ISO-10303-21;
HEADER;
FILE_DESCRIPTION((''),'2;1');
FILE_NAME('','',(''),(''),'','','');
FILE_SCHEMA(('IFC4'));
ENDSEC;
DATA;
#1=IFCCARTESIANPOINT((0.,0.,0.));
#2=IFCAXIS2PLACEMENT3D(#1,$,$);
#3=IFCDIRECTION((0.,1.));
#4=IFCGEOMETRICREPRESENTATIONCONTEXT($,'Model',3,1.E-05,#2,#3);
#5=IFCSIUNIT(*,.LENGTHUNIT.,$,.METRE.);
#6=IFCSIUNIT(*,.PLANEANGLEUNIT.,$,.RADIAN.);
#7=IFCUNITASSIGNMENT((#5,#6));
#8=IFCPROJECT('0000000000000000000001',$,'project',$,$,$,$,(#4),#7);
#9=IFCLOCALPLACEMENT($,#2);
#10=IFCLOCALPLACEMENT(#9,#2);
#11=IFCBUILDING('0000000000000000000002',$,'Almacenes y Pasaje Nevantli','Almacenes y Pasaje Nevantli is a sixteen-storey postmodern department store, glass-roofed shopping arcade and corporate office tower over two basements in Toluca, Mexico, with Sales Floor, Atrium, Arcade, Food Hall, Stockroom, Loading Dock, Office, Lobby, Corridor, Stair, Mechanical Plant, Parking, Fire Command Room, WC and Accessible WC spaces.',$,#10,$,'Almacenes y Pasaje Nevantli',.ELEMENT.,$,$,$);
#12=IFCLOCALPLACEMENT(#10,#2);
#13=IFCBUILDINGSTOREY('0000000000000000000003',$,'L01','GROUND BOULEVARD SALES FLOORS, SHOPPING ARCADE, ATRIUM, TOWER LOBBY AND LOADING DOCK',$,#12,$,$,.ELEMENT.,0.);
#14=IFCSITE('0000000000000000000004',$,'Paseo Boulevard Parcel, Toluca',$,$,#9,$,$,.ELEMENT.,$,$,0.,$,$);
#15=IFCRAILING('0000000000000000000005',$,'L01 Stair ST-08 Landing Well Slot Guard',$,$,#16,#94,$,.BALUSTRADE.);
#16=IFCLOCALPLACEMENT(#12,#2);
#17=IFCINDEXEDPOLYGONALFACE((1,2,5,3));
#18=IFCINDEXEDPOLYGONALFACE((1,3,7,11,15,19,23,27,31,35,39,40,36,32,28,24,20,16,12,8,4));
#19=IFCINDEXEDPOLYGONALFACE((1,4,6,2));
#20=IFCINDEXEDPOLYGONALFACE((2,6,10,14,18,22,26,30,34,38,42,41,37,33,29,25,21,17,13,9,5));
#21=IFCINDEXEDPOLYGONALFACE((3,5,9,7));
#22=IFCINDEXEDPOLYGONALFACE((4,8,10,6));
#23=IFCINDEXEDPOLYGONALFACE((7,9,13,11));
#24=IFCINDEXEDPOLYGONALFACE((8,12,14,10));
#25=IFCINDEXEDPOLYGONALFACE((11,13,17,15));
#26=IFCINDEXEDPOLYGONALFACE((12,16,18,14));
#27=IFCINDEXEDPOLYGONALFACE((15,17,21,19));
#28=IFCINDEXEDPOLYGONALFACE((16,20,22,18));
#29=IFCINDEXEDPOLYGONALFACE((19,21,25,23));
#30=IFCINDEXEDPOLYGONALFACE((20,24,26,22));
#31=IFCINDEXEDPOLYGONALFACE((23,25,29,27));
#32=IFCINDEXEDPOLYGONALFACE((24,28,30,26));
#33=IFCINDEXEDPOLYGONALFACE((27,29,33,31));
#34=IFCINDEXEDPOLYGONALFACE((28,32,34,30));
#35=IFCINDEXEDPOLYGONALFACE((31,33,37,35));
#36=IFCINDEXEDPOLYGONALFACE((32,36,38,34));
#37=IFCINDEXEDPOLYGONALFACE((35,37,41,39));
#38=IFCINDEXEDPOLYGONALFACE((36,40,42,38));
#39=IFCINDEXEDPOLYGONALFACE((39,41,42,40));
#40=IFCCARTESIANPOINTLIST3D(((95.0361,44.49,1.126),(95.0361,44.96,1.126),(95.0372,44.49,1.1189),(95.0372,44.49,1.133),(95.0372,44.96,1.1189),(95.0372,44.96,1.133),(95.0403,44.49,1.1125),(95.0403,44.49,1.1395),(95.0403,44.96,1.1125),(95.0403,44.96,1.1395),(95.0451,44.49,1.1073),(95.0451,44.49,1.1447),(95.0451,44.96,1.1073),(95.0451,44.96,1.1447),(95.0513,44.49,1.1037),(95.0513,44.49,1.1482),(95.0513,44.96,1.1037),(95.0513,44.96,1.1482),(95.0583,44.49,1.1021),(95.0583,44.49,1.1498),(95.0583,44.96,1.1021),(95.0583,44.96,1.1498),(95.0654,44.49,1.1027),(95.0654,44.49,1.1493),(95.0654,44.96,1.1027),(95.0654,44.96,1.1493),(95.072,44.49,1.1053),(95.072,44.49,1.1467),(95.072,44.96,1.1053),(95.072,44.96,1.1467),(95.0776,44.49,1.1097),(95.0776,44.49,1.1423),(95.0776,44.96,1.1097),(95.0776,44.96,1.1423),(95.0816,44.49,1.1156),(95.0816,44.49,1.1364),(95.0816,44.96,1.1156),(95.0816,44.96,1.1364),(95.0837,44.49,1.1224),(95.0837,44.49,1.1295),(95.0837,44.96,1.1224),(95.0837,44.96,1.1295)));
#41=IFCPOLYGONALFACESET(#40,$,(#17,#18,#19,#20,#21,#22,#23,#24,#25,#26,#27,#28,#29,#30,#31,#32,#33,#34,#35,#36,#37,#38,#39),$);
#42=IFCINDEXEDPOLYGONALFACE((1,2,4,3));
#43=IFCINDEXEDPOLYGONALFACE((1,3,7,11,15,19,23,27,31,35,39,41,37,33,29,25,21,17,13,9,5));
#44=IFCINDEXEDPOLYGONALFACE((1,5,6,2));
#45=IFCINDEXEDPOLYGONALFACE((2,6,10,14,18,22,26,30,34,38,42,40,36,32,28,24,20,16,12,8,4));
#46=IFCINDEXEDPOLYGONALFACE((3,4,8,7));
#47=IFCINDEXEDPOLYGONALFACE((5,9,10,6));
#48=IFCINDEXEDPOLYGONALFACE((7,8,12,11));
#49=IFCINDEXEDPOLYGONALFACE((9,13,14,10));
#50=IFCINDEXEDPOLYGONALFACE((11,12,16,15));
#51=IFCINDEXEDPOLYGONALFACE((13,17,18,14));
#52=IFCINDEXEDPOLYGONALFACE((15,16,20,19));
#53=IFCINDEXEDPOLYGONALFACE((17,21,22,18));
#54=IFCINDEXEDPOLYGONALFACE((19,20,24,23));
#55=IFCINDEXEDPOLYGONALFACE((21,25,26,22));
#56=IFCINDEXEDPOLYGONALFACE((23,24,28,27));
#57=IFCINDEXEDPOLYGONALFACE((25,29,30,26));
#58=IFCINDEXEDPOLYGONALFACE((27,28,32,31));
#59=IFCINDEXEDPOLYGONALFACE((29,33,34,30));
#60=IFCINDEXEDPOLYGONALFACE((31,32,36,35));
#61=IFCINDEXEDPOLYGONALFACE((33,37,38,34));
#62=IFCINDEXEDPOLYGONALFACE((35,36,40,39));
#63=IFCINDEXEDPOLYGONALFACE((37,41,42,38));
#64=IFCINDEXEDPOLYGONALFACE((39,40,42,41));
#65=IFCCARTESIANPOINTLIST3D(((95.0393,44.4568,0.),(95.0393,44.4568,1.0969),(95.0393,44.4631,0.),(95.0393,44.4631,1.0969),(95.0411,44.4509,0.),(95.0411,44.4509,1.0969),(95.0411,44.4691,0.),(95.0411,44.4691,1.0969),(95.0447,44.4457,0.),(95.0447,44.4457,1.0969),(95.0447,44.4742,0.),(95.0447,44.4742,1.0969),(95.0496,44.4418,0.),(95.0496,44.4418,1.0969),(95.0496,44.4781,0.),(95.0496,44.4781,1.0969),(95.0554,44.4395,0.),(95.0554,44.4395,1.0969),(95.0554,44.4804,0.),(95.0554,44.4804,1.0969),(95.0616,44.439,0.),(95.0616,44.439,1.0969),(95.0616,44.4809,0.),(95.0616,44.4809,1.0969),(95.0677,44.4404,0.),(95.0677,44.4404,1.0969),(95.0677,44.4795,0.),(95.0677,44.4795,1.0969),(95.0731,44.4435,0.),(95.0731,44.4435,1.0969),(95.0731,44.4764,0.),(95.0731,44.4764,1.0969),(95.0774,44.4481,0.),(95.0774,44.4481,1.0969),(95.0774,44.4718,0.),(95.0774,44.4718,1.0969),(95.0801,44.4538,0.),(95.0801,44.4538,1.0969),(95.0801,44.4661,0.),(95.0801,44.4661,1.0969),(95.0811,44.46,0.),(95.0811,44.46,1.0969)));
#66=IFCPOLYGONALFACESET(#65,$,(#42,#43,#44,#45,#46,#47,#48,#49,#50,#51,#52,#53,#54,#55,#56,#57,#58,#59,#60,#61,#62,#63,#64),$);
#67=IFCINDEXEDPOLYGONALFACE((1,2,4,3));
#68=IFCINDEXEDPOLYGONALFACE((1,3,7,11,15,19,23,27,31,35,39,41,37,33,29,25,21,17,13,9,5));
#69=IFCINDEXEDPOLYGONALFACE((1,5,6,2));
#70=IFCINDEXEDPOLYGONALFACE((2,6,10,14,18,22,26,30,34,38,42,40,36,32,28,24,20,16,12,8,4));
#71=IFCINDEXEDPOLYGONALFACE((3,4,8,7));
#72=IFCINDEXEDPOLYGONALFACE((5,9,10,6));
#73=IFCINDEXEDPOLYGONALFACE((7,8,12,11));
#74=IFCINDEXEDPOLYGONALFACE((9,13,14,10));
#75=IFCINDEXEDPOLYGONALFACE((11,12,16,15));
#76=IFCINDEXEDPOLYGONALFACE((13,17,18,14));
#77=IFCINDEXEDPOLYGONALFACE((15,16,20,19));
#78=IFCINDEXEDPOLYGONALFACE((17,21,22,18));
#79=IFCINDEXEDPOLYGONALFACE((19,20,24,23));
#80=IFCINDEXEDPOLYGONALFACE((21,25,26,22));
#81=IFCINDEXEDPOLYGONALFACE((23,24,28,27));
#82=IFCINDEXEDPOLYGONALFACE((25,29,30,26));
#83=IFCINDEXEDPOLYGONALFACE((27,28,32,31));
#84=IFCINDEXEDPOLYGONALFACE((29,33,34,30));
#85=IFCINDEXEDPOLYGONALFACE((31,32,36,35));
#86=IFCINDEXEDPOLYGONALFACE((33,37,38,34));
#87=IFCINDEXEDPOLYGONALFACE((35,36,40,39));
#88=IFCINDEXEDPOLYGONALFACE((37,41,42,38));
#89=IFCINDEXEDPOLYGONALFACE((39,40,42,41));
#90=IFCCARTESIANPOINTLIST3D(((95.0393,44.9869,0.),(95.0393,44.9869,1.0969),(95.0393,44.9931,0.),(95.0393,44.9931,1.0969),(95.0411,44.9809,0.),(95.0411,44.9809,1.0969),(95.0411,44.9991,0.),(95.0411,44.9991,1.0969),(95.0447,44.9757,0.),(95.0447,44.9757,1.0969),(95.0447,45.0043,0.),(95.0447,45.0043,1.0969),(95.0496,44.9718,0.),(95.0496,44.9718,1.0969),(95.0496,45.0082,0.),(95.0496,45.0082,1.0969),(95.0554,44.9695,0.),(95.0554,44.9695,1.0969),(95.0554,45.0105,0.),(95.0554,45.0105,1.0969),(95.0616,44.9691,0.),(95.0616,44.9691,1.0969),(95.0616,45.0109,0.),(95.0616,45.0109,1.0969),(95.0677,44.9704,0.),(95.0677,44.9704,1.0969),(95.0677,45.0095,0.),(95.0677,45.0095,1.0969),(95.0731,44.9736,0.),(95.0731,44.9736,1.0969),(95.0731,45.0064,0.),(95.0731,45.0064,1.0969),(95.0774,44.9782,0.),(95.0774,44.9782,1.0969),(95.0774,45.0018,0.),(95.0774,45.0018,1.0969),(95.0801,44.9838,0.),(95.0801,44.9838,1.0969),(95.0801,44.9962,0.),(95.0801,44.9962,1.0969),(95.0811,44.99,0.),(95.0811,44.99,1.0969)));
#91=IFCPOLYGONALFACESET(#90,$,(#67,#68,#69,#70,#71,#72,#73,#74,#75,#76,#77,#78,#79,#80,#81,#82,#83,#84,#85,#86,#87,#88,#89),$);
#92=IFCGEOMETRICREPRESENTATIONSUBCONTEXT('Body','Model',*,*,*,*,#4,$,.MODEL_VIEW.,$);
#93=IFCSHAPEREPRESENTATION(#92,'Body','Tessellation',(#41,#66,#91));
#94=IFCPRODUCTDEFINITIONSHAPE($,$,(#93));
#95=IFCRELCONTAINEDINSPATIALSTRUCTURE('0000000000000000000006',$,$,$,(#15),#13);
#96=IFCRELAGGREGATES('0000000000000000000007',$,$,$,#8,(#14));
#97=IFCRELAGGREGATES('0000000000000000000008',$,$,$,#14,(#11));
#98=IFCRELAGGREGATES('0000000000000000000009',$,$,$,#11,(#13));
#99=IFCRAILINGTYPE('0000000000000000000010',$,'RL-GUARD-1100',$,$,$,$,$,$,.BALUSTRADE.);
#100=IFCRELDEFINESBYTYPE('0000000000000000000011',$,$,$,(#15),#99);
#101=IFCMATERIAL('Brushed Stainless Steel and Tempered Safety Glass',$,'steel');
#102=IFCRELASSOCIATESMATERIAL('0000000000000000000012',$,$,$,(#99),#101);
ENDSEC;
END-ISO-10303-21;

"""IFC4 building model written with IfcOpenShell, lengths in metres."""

from ifc_helpers import new_model, si_unit, direction, frame, origin, origin_2d, place, context, subcontext, project, spatial, circle, extrude, material, type_object, element, save


model = new_model("IFC4")

# Units and contexts
model_context = context("Model", 3, precision=1e-05, world=origin(), true_north=direction((0.0, 1.0)))
body_context = subcontext(model_context, "Body", "Model", "MODEL_VIEW")
ifc_project = project(units=[si_unit("LENGTHUNIT", "METRE"), si_unit("PLANEANGLEUNIT", "RADIAN")], contexts=[model_context])

# Site, building, storey
site_placement = place(None, origin())
site = spatial("IfcSite", under=ifc_project, at=site_placement, Name="Paseo Boulevard Parcel, Toluca", CompositionType="ELEMENT", RefElevation=0.0)
building_placement = place(site_placement, origin())
building = spatial("IfcBuilding", under=site, at=building_placement, Name="Almacenes y Pasaje Nevantli", Description="Almacenes y Pasaje Nevantli is a sixteen-storey postmodern department store, glass-roofed shopping arcade and corporate office tower over two basements in Toluca, Mexico, with Sales Floor, Atrium, Arcade, Food Hall, Stockroom, Loading Dock, Office, Lobby, Corridor, Stair, Mechanical Plant, Parking, Fire Command Room, WC and Accessible WC spaces.", LongName="Almacenes y Pasaje Nevantli", CompositionType="ELEMENT")
storey_placement = place(building_placement, origin())
storey = spatial("IfcBuildingStorey", under=building, at=storey_placement, Name="L01", Description="GROUND BOULEVARD SALES FLOORS, SHOPPING ARCADE, ATRIUM, TOWER LOBBY AND LOADING DOCK", CompositionType="ELEMENT", Elevation=0.0)

# Railing
ifc_material_1 = material(Name="Brushed Stainless Steel and Tempered Safety Glass", Category="steel")
railing_type_1 = type_object("IfcRailingType", Name="RL-GUARD-1100", PredefinedType="BALUSTRADE", material=ifc_material_1)
railing_1_placement = place(storey_placement, frame((95.0601, 44.46, 0.0)))
element("IfcRailing", 1, at=railing_1_placement, inside=storey, type_object=railing_type_1, Name="L01 Stair ST-08 Landing Well Slot Guard", PredefinedType="BALUSTRADE", context=body_context, shape_type="SweptSolid", body=[
    extrude(circle(Radius=0.0239, at=origin_2d()), frame((0.0, 0.03, 1.126), z_axis=(0.0, 1.0, 0.0), x_axis=(-1.0, 0.0, 0.0)), (0.0, 0.0, 1.0), 0.47),
    extrude(circle(Radius=0.021, at=origin_2d()), origin(), (0.0, 0.0, 1.0), 1.0969),
    extrude(circle(Radius=0.021, at=origin_2d()), frame((0.0, 0.53, 0.0)), (0.0, 0.0, 1.0), 1.0969),
])

save(model, "model.ifc")
